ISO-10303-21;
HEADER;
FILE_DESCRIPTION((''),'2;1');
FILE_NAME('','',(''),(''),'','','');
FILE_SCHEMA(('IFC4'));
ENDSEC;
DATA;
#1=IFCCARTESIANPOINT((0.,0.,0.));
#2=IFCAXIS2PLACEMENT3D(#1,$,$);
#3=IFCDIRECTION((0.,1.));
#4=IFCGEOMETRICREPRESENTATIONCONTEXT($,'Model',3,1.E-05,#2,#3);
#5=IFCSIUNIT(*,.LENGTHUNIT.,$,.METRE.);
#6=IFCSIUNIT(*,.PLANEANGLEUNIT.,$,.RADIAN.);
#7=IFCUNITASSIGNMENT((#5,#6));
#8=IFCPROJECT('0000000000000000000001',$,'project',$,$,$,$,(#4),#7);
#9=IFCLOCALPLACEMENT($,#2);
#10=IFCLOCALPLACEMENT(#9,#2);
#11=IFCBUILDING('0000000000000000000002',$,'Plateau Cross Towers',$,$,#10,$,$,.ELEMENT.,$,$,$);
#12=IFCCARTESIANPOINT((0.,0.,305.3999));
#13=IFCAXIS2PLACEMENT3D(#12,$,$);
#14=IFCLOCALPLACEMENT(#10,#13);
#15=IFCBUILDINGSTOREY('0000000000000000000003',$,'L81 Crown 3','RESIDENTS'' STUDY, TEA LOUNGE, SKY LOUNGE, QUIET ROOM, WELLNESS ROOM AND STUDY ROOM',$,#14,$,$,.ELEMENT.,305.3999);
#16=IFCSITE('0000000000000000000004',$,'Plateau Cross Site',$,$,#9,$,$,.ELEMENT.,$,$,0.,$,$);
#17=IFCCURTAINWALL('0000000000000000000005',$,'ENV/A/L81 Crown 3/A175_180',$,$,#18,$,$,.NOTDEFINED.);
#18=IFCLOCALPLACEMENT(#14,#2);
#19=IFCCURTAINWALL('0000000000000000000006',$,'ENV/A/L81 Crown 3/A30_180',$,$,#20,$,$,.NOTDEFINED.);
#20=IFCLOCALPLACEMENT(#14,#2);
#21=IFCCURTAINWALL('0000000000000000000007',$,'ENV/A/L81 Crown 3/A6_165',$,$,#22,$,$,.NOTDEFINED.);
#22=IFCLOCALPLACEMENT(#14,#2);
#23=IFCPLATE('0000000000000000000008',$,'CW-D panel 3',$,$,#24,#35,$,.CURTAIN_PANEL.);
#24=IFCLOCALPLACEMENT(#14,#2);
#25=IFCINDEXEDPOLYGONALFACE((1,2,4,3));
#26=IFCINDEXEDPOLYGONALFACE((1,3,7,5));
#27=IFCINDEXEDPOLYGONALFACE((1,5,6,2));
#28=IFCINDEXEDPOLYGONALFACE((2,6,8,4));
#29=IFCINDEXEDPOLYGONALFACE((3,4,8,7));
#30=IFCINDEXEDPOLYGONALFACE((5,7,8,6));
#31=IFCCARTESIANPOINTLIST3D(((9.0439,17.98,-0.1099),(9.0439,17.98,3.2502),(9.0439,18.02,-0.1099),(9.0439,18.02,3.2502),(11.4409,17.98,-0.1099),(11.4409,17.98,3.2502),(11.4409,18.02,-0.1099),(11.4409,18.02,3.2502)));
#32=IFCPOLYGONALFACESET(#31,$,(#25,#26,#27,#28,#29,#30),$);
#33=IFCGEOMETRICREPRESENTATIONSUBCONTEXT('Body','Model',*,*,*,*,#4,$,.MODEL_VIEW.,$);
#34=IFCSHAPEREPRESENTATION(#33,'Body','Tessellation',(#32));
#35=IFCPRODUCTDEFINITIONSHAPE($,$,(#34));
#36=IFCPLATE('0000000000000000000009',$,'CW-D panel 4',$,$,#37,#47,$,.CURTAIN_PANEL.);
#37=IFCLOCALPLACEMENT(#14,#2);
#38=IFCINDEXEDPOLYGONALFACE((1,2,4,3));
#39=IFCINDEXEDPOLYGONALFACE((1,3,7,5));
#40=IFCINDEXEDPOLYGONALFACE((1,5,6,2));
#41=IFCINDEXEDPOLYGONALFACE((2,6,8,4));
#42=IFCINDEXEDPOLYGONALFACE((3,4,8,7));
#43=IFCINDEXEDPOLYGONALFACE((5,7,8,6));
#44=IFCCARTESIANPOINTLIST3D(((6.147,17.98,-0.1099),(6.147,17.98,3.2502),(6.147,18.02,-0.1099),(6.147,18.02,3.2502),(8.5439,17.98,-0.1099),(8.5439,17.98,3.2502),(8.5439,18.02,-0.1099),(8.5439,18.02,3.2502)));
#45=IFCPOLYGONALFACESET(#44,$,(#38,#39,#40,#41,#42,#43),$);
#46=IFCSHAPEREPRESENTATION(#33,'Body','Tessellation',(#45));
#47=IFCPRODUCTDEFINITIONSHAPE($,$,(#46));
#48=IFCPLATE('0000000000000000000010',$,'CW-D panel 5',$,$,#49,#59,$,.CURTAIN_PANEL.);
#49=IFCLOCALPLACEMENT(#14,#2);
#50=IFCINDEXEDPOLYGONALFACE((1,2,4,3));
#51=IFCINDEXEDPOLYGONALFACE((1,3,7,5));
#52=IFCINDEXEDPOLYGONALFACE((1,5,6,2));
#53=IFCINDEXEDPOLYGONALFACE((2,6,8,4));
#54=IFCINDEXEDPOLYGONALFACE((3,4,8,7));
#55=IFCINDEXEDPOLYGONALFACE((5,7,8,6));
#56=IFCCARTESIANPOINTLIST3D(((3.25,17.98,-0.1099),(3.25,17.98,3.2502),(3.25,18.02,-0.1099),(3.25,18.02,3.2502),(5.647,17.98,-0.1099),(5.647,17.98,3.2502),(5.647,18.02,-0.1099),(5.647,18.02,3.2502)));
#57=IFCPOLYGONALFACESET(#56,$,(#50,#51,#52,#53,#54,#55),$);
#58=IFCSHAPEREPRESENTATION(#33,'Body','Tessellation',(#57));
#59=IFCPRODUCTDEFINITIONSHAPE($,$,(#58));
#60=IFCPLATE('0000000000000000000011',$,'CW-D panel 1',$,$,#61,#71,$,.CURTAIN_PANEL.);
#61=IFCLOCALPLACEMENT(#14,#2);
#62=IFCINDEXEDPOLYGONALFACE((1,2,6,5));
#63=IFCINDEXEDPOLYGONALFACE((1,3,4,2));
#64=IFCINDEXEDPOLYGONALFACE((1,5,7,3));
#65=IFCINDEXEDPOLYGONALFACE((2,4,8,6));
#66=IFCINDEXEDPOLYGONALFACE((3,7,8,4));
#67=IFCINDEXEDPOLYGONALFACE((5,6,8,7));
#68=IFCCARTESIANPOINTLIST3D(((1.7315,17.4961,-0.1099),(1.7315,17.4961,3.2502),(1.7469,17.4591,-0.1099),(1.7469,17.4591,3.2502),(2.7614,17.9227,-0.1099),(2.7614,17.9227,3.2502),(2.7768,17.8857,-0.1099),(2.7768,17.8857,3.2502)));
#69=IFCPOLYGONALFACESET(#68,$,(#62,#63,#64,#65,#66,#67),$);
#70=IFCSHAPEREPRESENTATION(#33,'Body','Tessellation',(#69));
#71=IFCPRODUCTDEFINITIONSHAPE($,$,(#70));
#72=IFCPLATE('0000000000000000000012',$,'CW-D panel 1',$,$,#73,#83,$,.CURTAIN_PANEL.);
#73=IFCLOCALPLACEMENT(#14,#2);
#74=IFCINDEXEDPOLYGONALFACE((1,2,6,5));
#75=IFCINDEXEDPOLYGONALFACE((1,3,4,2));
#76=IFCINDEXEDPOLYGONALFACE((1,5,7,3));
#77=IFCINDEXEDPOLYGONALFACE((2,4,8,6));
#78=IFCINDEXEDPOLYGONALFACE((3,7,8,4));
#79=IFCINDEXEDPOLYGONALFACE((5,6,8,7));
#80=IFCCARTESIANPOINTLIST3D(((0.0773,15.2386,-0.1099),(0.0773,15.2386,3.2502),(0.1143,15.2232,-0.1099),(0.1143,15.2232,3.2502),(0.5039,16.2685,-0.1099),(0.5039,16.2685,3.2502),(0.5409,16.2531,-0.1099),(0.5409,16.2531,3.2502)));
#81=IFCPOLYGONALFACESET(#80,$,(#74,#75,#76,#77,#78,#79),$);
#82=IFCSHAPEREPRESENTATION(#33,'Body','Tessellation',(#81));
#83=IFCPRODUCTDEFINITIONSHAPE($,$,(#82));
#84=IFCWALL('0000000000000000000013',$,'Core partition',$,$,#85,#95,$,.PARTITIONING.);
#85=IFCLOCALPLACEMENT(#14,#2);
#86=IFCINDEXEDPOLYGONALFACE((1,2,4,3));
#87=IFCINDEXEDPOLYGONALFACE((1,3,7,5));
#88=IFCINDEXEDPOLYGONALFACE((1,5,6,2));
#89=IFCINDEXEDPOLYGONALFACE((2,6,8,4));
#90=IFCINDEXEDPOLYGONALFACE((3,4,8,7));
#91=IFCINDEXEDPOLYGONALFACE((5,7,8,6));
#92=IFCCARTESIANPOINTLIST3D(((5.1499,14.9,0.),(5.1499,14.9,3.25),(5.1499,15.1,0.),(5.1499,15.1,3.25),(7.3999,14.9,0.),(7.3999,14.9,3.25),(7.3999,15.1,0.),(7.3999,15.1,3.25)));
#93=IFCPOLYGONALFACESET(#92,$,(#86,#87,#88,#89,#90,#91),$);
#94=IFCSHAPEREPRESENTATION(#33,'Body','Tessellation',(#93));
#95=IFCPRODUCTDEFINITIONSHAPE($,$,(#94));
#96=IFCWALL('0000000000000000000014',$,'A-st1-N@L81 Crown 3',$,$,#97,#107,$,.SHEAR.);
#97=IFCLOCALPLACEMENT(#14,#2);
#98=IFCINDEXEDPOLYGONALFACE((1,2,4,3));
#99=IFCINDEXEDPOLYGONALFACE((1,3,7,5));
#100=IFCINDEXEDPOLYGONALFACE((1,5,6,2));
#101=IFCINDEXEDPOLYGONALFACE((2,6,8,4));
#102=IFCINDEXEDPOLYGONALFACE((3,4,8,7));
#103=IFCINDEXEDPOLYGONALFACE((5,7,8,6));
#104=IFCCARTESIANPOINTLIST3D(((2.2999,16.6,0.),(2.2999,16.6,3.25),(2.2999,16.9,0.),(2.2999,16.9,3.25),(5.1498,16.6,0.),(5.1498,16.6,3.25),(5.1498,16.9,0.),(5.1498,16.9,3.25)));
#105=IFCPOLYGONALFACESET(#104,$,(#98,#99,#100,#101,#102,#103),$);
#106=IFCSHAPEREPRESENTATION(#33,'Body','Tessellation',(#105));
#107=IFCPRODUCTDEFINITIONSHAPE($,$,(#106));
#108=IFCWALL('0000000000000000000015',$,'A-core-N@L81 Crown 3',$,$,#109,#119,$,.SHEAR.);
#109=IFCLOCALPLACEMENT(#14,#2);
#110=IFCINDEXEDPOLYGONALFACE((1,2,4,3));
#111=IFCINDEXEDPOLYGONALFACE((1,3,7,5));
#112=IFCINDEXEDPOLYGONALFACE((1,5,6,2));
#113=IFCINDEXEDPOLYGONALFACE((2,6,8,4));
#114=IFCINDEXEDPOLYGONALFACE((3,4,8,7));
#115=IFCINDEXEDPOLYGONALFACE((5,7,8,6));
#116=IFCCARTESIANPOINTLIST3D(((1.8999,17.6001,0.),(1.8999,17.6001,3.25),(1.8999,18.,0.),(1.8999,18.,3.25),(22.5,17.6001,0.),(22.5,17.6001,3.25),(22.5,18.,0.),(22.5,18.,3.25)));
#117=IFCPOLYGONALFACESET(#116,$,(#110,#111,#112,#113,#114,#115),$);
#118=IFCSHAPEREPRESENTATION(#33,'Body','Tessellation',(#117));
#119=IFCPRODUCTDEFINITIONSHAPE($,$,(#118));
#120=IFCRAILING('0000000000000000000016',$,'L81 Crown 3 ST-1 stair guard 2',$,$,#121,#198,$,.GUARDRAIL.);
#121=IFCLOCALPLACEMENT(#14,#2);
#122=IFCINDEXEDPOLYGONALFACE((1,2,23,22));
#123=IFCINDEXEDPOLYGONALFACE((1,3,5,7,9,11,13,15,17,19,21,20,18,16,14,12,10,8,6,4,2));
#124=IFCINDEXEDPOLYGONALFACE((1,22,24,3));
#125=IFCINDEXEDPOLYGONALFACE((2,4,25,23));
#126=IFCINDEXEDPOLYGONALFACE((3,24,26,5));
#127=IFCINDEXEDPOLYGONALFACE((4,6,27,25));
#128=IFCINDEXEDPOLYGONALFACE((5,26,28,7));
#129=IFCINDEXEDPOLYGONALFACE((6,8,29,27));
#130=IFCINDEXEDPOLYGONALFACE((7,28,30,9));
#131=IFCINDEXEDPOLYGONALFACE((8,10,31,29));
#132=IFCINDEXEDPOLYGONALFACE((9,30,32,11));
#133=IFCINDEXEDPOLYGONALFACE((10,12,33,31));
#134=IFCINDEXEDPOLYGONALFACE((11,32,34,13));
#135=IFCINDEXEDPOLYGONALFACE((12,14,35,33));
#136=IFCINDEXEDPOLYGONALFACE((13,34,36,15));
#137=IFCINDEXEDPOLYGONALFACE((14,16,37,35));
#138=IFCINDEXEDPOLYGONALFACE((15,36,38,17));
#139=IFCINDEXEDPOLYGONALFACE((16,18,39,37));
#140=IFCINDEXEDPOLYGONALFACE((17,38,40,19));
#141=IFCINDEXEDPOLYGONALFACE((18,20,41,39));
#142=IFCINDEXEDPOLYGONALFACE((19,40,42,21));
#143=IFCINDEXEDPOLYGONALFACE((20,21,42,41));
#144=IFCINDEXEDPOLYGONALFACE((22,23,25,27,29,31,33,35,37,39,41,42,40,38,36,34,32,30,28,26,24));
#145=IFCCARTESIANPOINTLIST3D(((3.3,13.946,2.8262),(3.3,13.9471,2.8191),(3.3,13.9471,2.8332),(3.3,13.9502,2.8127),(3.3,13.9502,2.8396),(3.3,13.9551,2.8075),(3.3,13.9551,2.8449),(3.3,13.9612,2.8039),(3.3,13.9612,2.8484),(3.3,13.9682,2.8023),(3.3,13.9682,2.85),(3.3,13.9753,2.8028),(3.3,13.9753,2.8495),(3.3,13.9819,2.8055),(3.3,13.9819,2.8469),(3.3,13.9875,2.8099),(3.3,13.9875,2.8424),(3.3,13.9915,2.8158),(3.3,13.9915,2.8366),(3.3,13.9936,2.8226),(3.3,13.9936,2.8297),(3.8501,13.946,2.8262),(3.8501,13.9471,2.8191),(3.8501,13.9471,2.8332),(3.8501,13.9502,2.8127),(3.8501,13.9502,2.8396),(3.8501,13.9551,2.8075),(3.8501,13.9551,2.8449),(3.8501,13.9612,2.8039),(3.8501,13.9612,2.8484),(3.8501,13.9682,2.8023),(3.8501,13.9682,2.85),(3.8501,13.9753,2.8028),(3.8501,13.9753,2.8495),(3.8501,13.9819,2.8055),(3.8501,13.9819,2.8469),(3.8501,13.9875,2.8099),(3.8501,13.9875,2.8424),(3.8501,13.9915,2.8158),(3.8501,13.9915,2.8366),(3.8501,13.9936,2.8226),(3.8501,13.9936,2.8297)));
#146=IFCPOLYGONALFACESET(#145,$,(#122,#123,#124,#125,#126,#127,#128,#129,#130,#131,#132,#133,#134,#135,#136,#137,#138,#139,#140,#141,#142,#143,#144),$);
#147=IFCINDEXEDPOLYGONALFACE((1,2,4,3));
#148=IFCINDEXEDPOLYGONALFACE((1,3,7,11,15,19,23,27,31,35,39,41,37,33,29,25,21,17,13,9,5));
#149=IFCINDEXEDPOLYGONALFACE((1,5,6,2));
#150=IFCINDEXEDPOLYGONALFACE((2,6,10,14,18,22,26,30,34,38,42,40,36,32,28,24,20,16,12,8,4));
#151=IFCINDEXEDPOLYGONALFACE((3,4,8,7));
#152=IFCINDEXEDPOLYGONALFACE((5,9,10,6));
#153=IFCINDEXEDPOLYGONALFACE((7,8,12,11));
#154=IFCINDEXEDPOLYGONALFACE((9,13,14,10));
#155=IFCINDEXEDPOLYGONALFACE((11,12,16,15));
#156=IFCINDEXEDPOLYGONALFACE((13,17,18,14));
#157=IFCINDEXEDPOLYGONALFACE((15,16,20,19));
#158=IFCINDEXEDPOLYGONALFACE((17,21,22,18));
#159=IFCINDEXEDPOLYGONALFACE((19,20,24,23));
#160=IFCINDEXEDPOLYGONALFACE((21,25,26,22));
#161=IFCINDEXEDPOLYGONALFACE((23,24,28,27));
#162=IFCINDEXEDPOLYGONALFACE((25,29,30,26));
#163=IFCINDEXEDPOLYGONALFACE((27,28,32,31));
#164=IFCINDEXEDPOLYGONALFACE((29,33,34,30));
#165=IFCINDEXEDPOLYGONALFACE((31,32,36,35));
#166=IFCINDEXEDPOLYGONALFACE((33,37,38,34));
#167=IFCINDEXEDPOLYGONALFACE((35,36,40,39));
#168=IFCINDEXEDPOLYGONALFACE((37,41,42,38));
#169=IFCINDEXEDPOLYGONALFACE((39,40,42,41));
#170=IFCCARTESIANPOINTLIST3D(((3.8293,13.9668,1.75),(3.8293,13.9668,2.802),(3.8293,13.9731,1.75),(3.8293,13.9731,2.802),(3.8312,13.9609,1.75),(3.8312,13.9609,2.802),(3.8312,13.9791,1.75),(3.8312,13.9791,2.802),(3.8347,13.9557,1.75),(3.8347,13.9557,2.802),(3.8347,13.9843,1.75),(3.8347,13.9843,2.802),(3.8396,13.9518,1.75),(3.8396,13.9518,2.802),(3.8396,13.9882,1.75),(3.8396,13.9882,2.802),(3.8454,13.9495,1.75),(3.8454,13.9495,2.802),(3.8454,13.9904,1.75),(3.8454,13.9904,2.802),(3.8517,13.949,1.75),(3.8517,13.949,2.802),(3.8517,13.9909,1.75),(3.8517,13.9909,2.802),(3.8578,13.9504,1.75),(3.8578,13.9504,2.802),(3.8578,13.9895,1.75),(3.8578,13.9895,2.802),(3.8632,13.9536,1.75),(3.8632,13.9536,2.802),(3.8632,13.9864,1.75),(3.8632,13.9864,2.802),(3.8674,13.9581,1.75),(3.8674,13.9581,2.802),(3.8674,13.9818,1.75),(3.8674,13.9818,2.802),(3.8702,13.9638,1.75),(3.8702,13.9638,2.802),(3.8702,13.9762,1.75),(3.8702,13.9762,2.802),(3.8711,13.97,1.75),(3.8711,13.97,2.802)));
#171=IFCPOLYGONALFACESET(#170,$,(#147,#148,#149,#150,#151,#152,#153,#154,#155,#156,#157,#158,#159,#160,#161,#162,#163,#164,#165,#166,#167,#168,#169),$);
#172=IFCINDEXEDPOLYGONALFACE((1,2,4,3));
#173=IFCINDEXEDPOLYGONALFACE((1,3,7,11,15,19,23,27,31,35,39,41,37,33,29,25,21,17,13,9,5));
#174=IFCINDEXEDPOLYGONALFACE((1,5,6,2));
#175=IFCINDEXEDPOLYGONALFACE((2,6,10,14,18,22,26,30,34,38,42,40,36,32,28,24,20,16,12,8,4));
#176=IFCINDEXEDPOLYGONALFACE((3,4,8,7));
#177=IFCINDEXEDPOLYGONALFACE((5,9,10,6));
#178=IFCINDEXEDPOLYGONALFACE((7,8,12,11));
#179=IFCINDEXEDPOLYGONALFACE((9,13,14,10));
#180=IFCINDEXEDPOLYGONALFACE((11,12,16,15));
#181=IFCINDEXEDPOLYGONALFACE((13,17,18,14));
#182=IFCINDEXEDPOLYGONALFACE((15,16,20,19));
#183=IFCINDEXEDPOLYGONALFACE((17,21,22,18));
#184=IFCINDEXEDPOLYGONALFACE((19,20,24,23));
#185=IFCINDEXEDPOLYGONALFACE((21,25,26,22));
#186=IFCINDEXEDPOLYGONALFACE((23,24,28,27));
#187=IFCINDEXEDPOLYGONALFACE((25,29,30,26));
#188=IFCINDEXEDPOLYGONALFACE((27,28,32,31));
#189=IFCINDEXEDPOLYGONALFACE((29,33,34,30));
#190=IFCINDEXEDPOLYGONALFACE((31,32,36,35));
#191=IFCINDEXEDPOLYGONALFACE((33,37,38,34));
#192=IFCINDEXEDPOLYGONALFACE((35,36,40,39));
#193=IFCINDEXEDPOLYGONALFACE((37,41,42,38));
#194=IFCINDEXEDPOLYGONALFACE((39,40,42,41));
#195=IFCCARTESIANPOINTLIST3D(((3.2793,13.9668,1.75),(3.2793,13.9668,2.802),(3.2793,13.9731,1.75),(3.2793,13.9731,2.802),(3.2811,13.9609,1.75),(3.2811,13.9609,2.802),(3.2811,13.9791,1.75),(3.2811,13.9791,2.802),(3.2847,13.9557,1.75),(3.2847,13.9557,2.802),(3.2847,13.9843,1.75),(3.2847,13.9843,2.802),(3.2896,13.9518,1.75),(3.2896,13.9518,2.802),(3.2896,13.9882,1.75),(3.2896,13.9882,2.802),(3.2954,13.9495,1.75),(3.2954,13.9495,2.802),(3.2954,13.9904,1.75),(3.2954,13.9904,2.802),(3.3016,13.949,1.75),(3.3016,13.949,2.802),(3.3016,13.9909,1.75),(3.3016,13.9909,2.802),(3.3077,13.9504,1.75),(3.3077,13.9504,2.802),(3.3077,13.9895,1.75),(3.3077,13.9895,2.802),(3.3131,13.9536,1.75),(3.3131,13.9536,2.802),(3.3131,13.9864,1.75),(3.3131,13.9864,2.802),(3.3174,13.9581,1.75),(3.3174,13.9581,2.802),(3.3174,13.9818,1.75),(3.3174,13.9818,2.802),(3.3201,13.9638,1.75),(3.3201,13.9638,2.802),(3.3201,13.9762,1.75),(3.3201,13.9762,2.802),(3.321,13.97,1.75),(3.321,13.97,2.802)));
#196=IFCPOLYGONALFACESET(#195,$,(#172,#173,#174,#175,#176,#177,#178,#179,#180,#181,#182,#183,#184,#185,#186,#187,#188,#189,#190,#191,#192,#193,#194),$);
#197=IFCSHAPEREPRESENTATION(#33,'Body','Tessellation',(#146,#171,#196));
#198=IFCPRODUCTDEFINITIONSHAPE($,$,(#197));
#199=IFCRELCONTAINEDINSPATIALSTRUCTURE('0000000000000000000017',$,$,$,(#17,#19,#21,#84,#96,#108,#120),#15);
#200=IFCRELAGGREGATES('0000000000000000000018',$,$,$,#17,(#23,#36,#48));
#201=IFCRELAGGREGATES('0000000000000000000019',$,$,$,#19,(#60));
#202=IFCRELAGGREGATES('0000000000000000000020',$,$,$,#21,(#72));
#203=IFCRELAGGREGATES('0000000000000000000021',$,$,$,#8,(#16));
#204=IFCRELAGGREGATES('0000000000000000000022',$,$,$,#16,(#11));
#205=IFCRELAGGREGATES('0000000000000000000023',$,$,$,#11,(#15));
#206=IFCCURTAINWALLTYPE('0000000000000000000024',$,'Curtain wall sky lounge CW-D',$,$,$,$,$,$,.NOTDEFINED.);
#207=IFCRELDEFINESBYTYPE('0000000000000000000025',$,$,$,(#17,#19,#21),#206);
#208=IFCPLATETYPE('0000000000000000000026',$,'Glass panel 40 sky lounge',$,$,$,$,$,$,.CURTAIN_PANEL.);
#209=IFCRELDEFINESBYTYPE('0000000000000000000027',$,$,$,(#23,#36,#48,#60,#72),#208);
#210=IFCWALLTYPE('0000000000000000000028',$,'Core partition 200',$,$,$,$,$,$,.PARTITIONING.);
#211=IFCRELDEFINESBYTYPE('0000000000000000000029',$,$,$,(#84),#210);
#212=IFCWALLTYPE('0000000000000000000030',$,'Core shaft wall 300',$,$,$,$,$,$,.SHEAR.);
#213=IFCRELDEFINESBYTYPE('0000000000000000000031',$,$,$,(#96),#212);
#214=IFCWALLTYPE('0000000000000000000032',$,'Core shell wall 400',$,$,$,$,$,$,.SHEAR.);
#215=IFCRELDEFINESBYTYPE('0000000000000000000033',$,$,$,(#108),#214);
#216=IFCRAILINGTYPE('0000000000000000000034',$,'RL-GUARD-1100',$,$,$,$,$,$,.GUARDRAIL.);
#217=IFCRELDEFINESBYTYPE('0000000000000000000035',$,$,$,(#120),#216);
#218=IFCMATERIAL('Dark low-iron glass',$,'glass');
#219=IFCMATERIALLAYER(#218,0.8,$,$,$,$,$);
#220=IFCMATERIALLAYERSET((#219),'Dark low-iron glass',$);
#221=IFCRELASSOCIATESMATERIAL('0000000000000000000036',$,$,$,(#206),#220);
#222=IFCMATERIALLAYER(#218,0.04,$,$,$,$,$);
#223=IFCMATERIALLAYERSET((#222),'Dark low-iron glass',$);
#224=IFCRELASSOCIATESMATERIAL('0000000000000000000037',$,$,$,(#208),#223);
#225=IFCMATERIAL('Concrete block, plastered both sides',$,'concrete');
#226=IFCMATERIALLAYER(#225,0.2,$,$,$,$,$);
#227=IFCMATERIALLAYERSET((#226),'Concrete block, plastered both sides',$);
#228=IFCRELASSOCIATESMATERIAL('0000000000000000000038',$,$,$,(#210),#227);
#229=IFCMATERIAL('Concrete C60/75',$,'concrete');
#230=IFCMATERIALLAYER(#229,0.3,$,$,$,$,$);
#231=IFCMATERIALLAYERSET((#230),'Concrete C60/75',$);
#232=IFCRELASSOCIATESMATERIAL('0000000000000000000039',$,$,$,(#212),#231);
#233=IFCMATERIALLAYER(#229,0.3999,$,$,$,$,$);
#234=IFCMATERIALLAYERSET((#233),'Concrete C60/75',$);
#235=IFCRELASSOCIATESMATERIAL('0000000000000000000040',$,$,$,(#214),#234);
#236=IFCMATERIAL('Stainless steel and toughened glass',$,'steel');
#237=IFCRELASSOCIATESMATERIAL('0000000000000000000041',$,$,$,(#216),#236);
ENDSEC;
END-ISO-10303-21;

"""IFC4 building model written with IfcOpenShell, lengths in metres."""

from ifc_helpers import new_model, si_unit, direction, frame, frame_2d, origin, origin_2d, place, context, subcontext, project, spatial, rectangle, circle, extrude, material, layer, layer_set, type_object, element, aggregate, save


model = new_model("IFC4")

# Units and contexts
model_context = context("Model", 3, precision=1e-05, world=origin(), true_north=direction((0.0, 1.0)))
body_context = subcontext(model_context, "Body", "Model", "MODEL_VIEW")
ifc_project = project(units=[si_unit("LENGTHUNIT", "METRE"), si_unit("PLANEANGLEUNIT", "RADIAN")], contexts=[model_context])

# Site, building, storey
site_placement = place(None, origin())
site = spatial("IfcSite", under=ifc_project, at=site_placement, Name="Plateau Cross Site", CompositionType="ELEMENT", RefElevation=0.0)
building_placement = place(site_placement, origin())
building = spatial("IfcBuilding", under=site, at=building_placement, Name="Plateau Cross Towers", CompositionType="ELEMENT")
storey_placement = place(building_placement, frame((0.0, 0.0, 305.3999)))
storey = spatial("IfcBuildingStorey", under=building, at=storey_placement, Name="L81 Crown 3", Description="RESIDENTS' STUDY, TEA LOUNGE, SKY LOUNGE, QUIET ROOM, WELLNESS ROOM AND STUDY ROOM", CompositionType="ELEMENT", Elevation=305.3999)

# Shared definitions
ifc_material_1 = material(Name="Concrete C60/75", Category="concrete")

# Curtain walls
ifc_material_2 = material(Name="Dark low-iron glass", Category="glass")
ifc_layer_1 = layer(ifc_material_2, 0.8)
ifc_layer_set_1 = layer_set([ifc_layer_1], Name="Dark low-iron glass")
curtain_wall_type = type_object("IfcCurtainWallType", Name="Curtain wall sky lounge CW-D", PredefinedType="NOTDEFINED", material=ifc_layer_set_1)
curtain_wall_1_placement = place(storey_placement, origin())
curtain_wall_1 = element("IfcCurtainWall", 1, at=curtain_wall_1_placement, inside=storey, type_object=curtain_wall_type, Name="ENV/A/L81 Crown 3/A175_180", PredefinedType="NOTDEFINED")
curtain_wall_2_placement = place(storey_placement, origin())
curtain_wall_2 = element("IfcCurtainWall", 2, at=curtain_wall_2_placement, inside=storey, type_object=curtain_wall_type, Name="ENV/A/L81 Crown 3/A30_180", PredefinedType="NOTDEFINED")

# Curtain wall
curtain_wall_3_placement = place(storey_placement, origin())
curtain_wall_3 = element("IfcCurtainWall", 3, at=curtain_wall_3_placement, inside=storey, type_object=curtain_wall_type, Name="ENV/A/L81 Crown 3/A6_165", PredefinedType="NOTDEFINED")

# Plates
ifc_layer_2 = layer(ifc_material_2, 0.04)
ifc_layer_set_2 = layer_set([ifc_layer_2], Name="Dark low-iron glass")
plate_type = type_object("IfcPlateType", Name="Glass panel 40 sky lounge", PredefinedType="CURTAIN_PANEL", material=ifc_layer_set_2)
plate_1_placement = place(storey_placement, frame((10.2424, 18.0, -0.1099), z_axis=(0.0, 0.0, 1.0), x_axis=(-1.0, 0.0, 0.0)))
plate_1 = element("IfcPlate", 4, at=plate_1_placement, type_object=plate_type, Name="CW-D panel 3", PredefinedType="CURTAIN_PANEL", context=body_context, shape_type="SweptSolid", body=[
    extrude(rectangle(XDim=2.397, YDim=0.04, at=origin_2d()), origin(), (0.0, 0.0, 1.0), 3.3601),
])
plate_2_placement = place(storey_placement, frame((7.3455, 18.0, -0.1099), z_axis=(0.0, 0.0, 1.0), x_axis=(-1.0, 0.0, 0.0)))
plate_2 = element("IfcPlate", 5, at=plate_2_placement, type_object=plate_type, Name="CW-D panel 4", PredefinedType="CURTAIN_PANEL", context=body_context, shape_type="SweptSolid", body=[
    extrude(rectangle(XDim=2.397, YDim=0.04, at=origin_2d()), origin(), (0.0, 0.0, 1.0), 3.3601),
])
plate_3_placement = place(storey_placement, frame((4.4485, 18.0, -0.1099), z_axis=(0.0, 0.0, 1.0), x_axis=(-1.0, 0.0, 0.0)))
plate_3 = element("IfcPlate", 6, at=plate_3_placement, type_object=plate_type, Name="CW-D panel 5", PredefinedType="CURTAIN_PANEL", context=body_context, shape_type="SweptSolid", body=[
    extrude(rectangle(XDim=2.397, YDim=0.04, at=origin_2d()), origin(), (0.0, 0.0, 1.0), 3.3601),
])
aggregate(curtain_wall_1, [plate_1, plate_2, plate_3])
plate_4_placement = place(storey_placement, frame((2.2542, 17.6909, -0.1099), z_axis=(0.0, 0.0, 1.0), x_axis=(-0.923879, -0.382684, 0.0)))
plate_4 = element("IfcPlate", 7, at=plate_4_placement, type_object=plate_type, Name="CW-D panel 1", PredefinedType="CURTAIN_PANEL", context=body_context, shape_type="SweptSolid", body=[
    extrude(rectangle(XDim=1.1147, YDim=0.04, at=origin_2d()), origin(), (0.0, 0.0, 1.0), 3.3601),
])
aggregate(curtain_wall_2, [plate_4])
plate_5_placement = place(storey_placement, frame((0.3091, 15.7458, -0.1099), z_axis=(0.0, 0.0, 1.0), x_axis=(-0.382684, -0.923879, 0.0)))
plate_5 = element("IfcPlate", 8, at=plate_5_placement, type_object=plate_type, Name="CW-D panel 1", PredefinedType="CURTAIN_PANEL", context=body_context, shape_type="SweptSolid", body=[
    extrude(rectangle(XDim=1.1147, YDim=0.04, at=origin_2d()), origin(), (0.0, 0.0, 1.0), 3.3601),
])
aggregate(curtain_wall_3, [plate_5])

# Walls
ifc_material_3 = material(Name="Concrete block, plastered both sides", Category="concrete")
ifc_layer_3 = layer(ifc_material_3, 0.2)
ifc_layer_set_3 = layer_set([ifc_layer_3], Name="Concrete block, plastered both sides")
wall_type_1 = type_object("IfcWallType", Name="Core partition 200", PredefinedType="PARTITIONING", material=ifc_layer_set_3)
wall_1_placement = place(storey_placement, frame((5.1499, 15.0, 0.0), z_axis=(0.0, 0.0, 1.0), x_axis=(1.0, 0.0, 0.0)))
element("IfcWall", 9, at=wall_1_placement, inside=storey, type_object=wall_type_1, Name="Core partition", PredefinedType="PARTITIONING", context=body_context, shape_type="SweptSolid", body=[
    extrude(rectangle(XDim=2.25, YDim=0.2, at=frame_2d((1.125, 0.0))), origin(), (0.0, 0.0, 1.0), 3.25),
])
ifc_layer_4 = layer(ifc_material_1, 0.3)
ifc_layer_set_4 = layer_set([ifc_layer_4], Name="Concrete C60/75")
wall_type_2 = type_object("IfcWallType", Name="Core shaft wall 300", PredefinedType="SHEAR", material=ifc_layer_set_4)
wall_2_placement = place(storey_placement, frame((2.3, 16.75, 0.0), z_axis=(0.0, 0.0, 1.0), x_axis=(1.0, 0.0, 0.0)))
element("IfcWall", 10, at=wall_2_placement, inside=storey, type_object=wall_type_2, Name="A-st1-N@L81 Crown 3", PredefinedType="SHEAR", context=body_context, shape_type="SweptSolid", body=[
    extrude(rectangle(XDim=2.8499, YDim=0.3, at=frame_2d((1.4248, 0.0))), origin(), (0.0, 0.0, 1.0), 3.25),
])
ifc_layer_5 = layer(ifc_material_1, 0.3999)
ifc_layer_set_5 = layer_set([ifc_layer_5], Name="Concrete C60/75")
wall_type_3 = type_object("IfcWallType", Name="Core shell wall 400", PredefinedType="SHEAR", material=ifc_layer_set_5)
wall_3_placement = place(storey_placement, frame((1.8999, 17.8, 0.0), z_axis=(0.0, 0.0, 1.0), x_axis=(1.0, 0.0, 0.0)))
element("IfcWall", 11, at=wall_3_placement, inside=storey, type_object=wall_type_3, Name="A-core-N@L81 Crown 3", PredefinedType="SHEAR", context=body_context, shape_type="SweptSolid", body=[
    extrude(rectangle(XDim=20.6001, YDim=0.3999, at=frame_2d((10.3, 0.0))), origin(), (0.0, 0.0, 1.0), 3.25),
])

# Railing
ifc_material_4 = material(Name="Stainless steel and toughened glass", Category="steel")
railing_type = type_object("IfcRailingType", Name="RL-GUARD-1100", PredefinedType="GUARDRAIL", material=ifc_material_4)
railing_placement = place(storey_placement, frame((3.8501, 13.97, 1.75)))
element("IfcRailing", 12, at=railing_placement, inside=storey, type_object=railing_type, Name="L81 Crown 3 ST-1 stair guard 2", PredefinedType="GUARDRAIL", context=body_context, shape_type="SweptSolid", body=[
    extrude(circle(Radius=0.0239, at=origin_2d()), frame((0.0, 0.0, 1.0762), z_axis=(-1.0, 0.0, 0.0), x_axis=(0.0, -1.0, 0.0)), (0.0, 0.0, 1.0), 0.55),
    extrude(circle(Radius=0.021, at=origin_2d()), origin(), (0.0, 0.0, 1.0), 1.052),
    extrude(circle(Radius=0.021, at=origin_2d()), frame((-0.55, 0.0, 0.0)), (0.0, 0.0, 1.0), 1.052),
])

save(model, "model.ifc")
